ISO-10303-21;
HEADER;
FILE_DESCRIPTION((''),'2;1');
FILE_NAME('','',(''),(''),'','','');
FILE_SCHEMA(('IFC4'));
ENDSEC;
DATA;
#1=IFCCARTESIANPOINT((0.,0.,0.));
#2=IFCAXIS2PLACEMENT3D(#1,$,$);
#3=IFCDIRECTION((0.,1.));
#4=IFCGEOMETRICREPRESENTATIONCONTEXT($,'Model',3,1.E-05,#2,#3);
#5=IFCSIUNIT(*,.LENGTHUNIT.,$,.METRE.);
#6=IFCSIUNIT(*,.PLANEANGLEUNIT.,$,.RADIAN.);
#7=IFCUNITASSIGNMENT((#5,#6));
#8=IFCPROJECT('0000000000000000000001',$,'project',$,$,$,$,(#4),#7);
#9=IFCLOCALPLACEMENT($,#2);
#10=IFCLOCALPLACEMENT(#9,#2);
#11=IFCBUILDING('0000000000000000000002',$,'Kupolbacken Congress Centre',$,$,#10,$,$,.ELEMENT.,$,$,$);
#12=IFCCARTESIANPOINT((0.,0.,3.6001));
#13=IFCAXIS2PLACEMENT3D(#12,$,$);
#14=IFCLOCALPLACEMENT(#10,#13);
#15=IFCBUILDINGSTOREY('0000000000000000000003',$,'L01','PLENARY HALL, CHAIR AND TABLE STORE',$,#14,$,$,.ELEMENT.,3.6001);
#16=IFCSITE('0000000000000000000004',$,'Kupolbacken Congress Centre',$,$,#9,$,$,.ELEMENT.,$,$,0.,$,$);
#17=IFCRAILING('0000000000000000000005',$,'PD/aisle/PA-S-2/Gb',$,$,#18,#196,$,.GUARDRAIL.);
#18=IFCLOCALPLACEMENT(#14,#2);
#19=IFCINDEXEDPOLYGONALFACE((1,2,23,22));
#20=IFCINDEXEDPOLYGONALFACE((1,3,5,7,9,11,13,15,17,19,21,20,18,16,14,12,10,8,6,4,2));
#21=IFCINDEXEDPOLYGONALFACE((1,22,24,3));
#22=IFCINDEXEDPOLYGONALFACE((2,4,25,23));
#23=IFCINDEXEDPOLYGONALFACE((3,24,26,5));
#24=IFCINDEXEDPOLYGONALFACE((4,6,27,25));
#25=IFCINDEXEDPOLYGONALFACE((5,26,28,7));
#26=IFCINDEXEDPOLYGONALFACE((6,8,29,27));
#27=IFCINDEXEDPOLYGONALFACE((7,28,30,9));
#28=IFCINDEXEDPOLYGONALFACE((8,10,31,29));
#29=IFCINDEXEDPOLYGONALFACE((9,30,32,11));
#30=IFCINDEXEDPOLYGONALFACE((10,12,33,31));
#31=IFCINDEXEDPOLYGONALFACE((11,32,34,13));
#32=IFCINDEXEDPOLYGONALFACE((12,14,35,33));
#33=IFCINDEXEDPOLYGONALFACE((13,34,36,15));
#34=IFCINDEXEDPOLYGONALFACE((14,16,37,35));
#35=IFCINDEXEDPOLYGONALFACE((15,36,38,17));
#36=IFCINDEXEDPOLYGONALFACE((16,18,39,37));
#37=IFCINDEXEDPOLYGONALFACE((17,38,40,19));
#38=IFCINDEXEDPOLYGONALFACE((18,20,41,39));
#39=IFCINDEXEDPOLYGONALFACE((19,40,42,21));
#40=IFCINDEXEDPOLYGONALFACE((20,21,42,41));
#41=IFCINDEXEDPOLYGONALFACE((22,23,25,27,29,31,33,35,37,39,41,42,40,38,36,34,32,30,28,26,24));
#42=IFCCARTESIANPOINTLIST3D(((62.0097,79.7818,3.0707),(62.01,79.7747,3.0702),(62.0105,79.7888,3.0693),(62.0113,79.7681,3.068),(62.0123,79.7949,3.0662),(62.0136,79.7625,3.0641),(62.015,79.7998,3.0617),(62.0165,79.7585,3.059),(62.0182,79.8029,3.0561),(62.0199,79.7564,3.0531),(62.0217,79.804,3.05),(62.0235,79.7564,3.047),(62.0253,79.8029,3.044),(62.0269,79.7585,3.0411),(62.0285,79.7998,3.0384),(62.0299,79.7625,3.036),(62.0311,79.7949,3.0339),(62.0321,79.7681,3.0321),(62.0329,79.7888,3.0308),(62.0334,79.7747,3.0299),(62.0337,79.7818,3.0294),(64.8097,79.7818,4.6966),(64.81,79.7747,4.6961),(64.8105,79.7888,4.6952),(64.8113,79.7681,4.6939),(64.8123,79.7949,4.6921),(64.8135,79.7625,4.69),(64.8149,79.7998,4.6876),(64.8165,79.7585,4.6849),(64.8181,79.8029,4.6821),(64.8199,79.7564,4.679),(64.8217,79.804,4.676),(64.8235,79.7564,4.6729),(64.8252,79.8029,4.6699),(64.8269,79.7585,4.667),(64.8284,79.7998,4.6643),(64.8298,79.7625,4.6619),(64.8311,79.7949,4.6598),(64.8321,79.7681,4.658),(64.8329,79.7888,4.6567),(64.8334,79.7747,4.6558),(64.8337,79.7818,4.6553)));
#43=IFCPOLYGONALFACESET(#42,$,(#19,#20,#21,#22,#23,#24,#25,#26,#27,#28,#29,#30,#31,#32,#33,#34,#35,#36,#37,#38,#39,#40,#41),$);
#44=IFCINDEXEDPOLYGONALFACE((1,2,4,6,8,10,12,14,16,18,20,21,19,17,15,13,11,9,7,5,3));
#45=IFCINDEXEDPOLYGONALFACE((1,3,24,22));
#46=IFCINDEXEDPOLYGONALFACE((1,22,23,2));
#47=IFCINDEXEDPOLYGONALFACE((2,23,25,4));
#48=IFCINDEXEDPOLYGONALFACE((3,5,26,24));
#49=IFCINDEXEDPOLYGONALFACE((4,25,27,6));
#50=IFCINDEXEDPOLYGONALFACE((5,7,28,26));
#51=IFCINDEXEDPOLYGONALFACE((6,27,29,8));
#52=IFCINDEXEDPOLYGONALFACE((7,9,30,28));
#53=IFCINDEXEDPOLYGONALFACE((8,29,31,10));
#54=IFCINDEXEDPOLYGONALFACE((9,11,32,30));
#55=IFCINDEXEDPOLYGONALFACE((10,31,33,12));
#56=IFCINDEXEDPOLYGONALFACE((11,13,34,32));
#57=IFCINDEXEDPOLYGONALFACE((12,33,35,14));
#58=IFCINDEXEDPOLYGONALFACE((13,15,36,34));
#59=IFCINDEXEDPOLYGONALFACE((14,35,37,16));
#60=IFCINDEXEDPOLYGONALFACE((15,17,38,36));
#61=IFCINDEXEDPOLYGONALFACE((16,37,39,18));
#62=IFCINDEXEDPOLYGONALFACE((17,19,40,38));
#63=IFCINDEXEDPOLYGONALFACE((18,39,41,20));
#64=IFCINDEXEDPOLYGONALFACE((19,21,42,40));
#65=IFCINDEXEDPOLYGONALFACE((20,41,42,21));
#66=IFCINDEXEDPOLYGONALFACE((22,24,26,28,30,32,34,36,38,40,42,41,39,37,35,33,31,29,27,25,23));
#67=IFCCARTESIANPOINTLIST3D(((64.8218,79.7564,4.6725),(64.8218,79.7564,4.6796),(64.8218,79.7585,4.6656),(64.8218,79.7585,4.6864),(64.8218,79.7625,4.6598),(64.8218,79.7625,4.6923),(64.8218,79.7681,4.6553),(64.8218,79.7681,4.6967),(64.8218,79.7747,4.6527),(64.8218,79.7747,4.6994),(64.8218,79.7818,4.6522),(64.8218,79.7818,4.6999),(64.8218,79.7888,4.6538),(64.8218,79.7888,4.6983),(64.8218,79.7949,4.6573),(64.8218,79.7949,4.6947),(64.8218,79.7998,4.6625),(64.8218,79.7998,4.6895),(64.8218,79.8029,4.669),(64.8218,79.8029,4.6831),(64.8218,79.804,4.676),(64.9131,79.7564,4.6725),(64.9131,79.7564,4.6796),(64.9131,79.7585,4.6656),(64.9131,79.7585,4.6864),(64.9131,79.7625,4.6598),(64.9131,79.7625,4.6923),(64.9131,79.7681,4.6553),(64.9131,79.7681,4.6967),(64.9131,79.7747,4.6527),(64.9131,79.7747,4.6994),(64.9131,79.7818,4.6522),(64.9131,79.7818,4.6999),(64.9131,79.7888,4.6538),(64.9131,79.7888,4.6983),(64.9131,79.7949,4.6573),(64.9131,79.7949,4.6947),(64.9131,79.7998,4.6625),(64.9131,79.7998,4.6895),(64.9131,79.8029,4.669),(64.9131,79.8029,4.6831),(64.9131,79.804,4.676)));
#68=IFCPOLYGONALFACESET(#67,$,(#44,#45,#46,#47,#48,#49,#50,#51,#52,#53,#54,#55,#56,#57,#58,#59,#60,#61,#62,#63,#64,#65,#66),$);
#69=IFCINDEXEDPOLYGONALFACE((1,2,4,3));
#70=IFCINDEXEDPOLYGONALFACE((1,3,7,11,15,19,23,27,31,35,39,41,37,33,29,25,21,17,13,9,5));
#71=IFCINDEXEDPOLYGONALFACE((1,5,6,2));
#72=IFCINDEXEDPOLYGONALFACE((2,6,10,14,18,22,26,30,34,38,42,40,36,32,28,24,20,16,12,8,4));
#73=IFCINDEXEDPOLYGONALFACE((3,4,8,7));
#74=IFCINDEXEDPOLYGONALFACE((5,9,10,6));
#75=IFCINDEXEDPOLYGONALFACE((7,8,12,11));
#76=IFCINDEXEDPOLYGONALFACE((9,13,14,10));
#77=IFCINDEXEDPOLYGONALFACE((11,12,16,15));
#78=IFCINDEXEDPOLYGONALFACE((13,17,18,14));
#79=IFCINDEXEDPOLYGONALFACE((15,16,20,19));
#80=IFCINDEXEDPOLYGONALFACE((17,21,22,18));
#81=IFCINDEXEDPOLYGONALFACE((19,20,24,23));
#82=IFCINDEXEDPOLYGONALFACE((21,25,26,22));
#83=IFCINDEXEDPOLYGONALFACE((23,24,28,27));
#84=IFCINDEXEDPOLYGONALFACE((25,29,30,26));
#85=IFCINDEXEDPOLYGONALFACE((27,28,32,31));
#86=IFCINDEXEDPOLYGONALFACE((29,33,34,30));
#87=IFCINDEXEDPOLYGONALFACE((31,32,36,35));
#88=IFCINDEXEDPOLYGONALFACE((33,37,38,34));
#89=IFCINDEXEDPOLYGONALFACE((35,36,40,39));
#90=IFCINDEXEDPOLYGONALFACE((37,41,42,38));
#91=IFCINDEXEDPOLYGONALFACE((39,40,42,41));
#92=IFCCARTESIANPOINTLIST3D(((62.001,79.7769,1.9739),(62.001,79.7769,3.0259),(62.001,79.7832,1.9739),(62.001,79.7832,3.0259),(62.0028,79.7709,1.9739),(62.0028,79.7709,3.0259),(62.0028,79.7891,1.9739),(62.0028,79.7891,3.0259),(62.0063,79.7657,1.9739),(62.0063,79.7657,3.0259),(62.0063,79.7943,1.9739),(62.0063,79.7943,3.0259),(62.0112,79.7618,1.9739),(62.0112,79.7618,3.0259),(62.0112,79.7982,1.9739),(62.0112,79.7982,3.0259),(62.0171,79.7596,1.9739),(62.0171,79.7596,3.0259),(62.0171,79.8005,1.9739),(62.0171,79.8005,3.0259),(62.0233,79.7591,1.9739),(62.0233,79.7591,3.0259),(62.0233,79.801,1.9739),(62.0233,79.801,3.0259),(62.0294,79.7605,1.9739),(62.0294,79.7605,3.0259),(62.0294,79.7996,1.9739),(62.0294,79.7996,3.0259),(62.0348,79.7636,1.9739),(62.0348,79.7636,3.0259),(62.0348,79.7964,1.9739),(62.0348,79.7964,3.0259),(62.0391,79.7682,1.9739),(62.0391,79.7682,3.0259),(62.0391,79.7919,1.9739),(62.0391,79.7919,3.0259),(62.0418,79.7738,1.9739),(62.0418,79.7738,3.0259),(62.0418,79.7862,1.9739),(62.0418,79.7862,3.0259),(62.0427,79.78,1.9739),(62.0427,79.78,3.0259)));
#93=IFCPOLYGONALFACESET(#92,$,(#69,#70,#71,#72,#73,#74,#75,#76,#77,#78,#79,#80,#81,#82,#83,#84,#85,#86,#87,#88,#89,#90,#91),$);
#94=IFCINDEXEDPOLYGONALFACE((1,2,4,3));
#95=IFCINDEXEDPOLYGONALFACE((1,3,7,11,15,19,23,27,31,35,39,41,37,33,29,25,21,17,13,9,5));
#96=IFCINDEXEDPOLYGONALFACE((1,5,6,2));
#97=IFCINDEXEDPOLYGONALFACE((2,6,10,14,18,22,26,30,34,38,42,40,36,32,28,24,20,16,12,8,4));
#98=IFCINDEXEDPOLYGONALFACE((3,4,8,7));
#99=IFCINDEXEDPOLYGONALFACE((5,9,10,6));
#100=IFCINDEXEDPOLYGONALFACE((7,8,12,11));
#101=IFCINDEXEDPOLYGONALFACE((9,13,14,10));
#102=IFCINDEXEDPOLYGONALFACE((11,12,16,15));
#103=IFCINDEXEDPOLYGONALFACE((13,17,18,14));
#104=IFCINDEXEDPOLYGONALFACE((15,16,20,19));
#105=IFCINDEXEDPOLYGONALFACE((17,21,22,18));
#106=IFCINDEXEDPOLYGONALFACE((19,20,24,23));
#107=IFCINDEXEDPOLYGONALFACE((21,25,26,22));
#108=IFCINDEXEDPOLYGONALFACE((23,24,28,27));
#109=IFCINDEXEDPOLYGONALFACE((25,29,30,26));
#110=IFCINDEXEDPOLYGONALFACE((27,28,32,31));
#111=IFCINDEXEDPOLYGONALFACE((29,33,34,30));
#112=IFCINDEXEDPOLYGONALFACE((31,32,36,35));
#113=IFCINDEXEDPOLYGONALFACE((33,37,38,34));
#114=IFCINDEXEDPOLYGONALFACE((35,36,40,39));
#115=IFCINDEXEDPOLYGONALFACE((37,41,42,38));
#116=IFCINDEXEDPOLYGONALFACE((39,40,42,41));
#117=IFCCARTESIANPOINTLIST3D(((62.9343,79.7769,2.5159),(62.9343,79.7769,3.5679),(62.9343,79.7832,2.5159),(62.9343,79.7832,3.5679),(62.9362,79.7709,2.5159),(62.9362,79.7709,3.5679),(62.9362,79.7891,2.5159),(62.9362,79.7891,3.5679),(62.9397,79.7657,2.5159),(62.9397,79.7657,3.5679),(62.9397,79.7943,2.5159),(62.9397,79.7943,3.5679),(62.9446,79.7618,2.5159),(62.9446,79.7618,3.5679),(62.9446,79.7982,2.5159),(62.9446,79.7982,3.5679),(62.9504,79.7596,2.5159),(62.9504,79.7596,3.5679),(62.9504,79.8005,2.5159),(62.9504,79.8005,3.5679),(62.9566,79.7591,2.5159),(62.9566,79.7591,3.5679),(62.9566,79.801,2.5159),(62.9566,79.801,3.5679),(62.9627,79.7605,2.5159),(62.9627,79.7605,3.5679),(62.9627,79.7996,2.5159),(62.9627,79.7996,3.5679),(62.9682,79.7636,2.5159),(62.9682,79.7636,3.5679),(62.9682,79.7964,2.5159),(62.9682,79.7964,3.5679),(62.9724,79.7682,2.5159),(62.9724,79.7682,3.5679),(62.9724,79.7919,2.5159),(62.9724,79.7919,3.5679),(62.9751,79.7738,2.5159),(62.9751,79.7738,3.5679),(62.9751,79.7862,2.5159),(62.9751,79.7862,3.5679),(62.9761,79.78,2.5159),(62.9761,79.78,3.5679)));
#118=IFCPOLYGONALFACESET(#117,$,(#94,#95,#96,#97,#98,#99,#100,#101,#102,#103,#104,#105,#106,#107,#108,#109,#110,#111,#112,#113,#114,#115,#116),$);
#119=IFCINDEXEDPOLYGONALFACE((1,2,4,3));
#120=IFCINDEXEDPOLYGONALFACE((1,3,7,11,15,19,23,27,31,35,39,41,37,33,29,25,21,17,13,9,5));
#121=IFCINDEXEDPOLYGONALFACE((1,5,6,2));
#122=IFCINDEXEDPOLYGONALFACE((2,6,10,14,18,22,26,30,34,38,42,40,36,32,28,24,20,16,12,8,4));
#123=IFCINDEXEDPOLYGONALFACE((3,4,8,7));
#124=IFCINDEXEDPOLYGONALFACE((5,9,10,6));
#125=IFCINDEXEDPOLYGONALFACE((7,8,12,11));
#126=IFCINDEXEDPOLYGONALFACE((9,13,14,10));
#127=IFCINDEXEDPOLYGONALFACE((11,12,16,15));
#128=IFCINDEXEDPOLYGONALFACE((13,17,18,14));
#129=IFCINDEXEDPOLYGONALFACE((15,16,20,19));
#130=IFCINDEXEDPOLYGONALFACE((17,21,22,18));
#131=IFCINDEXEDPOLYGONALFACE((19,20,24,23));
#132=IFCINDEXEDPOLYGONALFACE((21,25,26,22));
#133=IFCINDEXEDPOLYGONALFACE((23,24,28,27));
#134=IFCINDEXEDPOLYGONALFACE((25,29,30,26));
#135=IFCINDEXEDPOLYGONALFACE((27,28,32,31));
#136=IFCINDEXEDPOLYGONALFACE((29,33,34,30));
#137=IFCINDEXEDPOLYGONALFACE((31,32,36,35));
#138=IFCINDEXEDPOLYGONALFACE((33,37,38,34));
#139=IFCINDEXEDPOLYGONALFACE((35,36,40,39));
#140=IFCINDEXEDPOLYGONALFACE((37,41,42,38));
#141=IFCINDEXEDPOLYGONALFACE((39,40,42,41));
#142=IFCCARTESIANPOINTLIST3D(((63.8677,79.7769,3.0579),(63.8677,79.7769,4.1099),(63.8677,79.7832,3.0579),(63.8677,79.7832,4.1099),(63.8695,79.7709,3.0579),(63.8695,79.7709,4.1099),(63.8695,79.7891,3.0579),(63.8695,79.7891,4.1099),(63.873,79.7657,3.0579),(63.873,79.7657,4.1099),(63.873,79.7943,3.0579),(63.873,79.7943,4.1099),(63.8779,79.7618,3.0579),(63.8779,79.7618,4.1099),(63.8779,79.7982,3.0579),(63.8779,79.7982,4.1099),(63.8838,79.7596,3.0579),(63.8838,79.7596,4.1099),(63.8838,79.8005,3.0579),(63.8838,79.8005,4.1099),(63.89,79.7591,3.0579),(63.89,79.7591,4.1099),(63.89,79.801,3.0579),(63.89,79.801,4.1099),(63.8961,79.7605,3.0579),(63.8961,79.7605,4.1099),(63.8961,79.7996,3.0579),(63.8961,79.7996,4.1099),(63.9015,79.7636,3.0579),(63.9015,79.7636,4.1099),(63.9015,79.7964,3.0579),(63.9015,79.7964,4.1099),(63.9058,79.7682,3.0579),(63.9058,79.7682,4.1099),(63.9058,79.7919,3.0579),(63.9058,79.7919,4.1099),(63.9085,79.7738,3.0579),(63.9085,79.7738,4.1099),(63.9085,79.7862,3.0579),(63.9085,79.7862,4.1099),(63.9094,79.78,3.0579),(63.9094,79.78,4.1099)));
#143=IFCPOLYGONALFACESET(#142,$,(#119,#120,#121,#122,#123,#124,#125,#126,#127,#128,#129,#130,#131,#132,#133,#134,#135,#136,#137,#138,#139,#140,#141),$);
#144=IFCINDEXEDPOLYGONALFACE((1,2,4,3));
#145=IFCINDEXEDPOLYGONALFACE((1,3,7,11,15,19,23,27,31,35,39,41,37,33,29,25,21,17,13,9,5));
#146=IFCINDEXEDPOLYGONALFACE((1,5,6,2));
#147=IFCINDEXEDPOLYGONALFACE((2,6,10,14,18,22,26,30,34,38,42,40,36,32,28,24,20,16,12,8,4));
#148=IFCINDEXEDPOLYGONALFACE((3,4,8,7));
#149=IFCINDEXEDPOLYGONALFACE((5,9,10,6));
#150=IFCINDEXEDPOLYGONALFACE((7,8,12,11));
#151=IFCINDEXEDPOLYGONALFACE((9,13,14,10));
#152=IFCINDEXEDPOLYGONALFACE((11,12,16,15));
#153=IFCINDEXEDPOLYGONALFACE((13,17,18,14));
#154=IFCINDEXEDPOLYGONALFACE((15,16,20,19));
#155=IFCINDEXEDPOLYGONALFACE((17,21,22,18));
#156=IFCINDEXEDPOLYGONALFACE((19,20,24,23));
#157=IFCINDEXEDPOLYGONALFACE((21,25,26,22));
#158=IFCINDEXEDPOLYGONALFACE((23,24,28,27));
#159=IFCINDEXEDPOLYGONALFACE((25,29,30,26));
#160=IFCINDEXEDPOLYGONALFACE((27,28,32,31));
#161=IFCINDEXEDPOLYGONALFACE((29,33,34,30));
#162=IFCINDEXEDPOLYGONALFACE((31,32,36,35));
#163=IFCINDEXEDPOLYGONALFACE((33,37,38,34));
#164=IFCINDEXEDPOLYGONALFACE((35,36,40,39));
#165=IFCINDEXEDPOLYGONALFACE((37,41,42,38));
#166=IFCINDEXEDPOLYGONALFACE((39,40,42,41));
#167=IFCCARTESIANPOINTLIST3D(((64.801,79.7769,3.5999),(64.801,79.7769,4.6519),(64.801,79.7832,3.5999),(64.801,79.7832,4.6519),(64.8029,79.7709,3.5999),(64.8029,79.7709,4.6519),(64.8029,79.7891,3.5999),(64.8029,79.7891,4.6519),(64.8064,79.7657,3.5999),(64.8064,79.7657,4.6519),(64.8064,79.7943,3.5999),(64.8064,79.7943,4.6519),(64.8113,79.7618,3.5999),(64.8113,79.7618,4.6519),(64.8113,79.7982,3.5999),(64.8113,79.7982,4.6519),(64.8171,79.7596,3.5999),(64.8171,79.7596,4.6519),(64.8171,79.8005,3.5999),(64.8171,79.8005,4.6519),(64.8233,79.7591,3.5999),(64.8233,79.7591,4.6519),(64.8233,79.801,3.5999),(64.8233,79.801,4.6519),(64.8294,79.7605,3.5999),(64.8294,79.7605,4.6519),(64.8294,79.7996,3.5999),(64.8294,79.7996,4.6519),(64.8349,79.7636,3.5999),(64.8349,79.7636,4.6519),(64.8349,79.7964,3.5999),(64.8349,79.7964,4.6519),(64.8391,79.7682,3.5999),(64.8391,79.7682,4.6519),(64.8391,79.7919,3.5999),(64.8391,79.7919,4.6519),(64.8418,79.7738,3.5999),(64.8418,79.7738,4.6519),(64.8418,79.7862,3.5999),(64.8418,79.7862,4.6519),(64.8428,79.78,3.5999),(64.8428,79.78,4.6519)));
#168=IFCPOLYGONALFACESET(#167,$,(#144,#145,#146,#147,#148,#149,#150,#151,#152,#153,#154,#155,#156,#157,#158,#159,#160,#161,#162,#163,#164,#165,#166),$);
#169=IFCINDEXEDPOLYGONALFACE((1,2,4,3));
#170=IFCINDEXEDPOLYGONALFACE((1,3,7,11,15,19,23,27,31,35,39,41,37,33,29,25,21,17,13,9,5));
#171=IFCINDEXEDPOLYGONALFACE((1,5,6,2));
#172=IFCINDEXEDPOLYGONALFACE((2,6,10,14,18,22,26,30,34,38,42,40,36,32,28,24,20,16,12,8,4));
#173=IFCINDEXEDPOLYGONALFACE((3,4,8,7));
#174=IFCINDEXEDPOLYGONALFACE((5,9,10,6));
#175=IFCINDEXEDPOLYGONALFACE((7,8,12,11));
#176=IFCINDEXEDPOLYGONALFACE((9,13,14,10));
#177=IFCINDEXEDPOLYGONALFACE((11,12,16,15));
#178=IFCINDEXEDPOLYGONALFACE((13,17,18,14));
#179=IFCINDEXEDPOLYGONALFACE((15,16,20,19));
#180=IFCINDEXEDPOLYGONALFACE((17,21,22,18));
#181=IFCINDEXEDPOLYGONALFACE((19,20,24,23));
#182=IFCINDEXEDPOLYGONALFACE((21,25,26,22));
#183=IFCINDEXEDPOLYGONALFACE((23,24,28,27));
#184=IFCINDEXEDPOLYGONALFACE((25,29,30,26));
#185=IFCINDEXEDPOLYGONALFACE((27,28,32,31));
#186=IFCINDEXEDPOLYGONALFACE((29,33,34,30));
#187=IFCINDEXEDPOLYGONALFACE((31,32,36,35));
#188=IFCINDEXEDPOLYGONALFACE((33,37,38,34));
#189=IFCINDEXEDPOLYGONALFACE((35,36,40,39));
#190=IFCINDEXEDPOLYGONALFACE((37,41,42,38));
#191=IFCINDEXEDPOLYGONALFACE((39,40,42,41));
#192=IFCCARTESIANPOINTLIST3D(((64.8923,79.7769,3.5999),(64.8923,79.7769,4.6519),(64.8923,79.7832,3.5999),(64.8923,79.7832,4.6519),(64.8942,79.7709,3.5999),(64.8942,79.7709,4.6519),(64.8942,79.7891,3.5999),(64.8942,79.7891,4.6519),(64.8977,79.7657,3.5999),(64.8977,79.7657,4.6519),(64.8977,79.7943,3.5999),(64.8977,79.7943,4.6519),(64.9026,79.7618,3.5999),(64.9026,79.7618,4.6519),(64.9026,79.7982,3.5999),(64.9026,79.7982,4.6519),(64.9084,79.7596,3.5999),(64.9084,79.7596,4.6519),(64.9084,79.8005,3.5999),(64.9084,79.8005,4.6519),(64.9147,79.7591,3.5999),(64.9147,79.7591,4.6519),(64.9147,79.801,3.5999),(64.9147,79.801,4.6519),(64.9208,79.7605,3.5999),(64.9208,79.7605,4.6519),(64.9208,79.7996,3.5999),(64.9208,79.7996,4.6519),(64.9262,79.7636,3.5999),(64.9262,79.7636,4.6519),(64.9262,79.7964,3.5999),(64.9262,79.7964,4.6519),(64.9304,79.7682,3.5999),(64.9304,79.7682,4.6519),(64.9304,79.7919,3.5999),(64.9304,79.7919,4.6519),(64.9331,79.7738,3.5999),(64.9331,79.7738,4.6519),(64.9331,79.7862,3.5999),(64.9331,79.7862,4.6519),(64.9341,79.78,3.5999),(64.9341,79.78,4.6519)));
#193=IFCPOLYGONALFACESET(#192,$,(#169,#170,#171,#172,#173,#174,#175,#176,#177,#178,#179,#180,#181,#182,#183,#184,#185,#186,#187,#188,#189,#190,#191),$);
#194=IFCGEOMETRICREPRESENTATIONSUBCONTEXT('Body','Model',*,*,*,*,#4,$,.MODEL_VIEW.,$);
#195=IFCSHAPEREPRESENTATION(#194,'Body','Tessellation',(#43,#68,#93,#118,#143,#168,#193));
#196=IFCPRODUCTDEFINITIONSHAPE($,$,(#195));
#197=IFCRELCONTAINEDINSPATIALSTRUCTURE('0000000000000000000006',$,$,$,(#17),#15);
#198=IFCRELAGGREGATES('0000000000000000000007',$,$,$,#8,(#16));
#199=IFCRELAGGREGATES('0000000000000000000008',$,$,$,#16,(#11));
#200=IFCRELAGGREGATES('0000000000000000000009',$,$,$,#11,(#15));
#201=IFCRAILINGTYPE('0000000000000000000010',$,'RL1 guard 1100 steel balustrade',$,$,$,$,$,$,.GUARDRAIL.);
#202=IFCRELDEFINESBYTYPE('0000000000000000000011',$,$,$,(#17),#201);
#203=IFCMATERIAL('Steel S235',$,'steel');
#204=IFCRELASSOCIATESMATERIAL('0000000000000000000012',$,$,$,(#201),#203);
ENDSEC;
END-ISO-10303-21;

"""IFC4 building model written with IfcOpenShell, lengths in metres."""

from ifc_helpers import new_model, si_unit, direction, frame, origin, origin_2d, place, context, subcontext, project, spatial, circle, extrude, material, type_object, element, save


model = new_model("IFC4")

# Units and contexts
model_context = context("Model", 3, precision=1e-05, world=origin(), true_north=direction((0.0, 1.0)))
body_context = subcontext(model_context, "Body", "Model", "MODEL_VIEW")
ifc_project = project(units=[si_unit("LENGTHUNIT", "METRE"), si_unit("PLANEANGLEUNIT", "RADIAN")], contexts=[model_context])

# Site, building, storey
site_placement = place(None, origin())
site = spatial("IfcSite", under=ifc_project, at=site_placement, Name="Kupolbacken Congress Centre", CompositionType="ELEMENT", RefElevation=0.0)
building_placement = place(site_placement, origin())
building = spatial("IfcBuilding", under=site, at=building_placement, Name="Kupolbacken Congress Centre", CompositionType="ELEMENT")
storey_placement = place(building_placement, frame((0.0, 0.0, 3.6001)))
storey = spatial("IfcBuildingStorey", under=building, at=storey_placement, Name="L01", Description="PLENARY HALL, CHAIR AND TABLE STORE", CompositionType="ELEMENT", Elevation=3.6001)

# Railing
ifc_material_1 = material(Name="Steel S235", Category="steel")
railing_type_1 = type_object("IfcRailingType", Name="RL1 guard 1100 steel balustrade", PredefinedType="GUARDRAIL", material=ifc_material_1)
railing_placement = place(storey_placement, frame((62.0217, 79.78, 1.9739)))
element("IfcRailing", 1, at=railing_placement, inside=storey, type_object=railing_type_1, Name="PD/aisle/PA-S-2/Gb", PredefinedType="GUARDRAIL", context=body_context, shape_type="SweptSolid", body=[
    extrude(circle(Radius=0.0239, at=origin_2d()), frame((0.0, 0.0, 1.0762), z_axis=(0.86477, 0.0, 0.502168), x_axis=(0.0, 1.0, 0.0)), (0.0, 0.0, 1.0), 3.2378),
    extrude(circle(Radius=0.0239, at=origin_2d()), frame((2.8, 0.0, 2.7021), z_axis=(1.0, 0.0, 0.0), x_axis=(0.0, 1.0, 0.0)), (0.0, 0.0, 1.0), 0.0913),
    extrude(circle(Radius=0.021, at=origin_2d()), origin(), (0.0, 0.0, 1.0), 1.052),
    extrude(circle(Radius=0.021, at=origin_2d()), frame((0.9333, 0.0, 0.542)), (0.0, 0.0, 1.0), 1.052),
    extrude(circle(Radius=0.021, at=origin_2d()), frame((1.8667, 0.0, 1.084)), (0.0, 0.0, 1.0), 1.052),
    extrude(circle(Radius=0.021, at=origin_2d()), frame((2.8, 0.0, 1.626)), (0.0, 0.0, 1.0), 1.052),
    extrude(circle(Radius=0.021, at=origin_2d()), frame((2.8914, 0.0, 1.626)), (0.0, 0.0, 1.0), 1.052),
])

save(model, "model.ifc")
